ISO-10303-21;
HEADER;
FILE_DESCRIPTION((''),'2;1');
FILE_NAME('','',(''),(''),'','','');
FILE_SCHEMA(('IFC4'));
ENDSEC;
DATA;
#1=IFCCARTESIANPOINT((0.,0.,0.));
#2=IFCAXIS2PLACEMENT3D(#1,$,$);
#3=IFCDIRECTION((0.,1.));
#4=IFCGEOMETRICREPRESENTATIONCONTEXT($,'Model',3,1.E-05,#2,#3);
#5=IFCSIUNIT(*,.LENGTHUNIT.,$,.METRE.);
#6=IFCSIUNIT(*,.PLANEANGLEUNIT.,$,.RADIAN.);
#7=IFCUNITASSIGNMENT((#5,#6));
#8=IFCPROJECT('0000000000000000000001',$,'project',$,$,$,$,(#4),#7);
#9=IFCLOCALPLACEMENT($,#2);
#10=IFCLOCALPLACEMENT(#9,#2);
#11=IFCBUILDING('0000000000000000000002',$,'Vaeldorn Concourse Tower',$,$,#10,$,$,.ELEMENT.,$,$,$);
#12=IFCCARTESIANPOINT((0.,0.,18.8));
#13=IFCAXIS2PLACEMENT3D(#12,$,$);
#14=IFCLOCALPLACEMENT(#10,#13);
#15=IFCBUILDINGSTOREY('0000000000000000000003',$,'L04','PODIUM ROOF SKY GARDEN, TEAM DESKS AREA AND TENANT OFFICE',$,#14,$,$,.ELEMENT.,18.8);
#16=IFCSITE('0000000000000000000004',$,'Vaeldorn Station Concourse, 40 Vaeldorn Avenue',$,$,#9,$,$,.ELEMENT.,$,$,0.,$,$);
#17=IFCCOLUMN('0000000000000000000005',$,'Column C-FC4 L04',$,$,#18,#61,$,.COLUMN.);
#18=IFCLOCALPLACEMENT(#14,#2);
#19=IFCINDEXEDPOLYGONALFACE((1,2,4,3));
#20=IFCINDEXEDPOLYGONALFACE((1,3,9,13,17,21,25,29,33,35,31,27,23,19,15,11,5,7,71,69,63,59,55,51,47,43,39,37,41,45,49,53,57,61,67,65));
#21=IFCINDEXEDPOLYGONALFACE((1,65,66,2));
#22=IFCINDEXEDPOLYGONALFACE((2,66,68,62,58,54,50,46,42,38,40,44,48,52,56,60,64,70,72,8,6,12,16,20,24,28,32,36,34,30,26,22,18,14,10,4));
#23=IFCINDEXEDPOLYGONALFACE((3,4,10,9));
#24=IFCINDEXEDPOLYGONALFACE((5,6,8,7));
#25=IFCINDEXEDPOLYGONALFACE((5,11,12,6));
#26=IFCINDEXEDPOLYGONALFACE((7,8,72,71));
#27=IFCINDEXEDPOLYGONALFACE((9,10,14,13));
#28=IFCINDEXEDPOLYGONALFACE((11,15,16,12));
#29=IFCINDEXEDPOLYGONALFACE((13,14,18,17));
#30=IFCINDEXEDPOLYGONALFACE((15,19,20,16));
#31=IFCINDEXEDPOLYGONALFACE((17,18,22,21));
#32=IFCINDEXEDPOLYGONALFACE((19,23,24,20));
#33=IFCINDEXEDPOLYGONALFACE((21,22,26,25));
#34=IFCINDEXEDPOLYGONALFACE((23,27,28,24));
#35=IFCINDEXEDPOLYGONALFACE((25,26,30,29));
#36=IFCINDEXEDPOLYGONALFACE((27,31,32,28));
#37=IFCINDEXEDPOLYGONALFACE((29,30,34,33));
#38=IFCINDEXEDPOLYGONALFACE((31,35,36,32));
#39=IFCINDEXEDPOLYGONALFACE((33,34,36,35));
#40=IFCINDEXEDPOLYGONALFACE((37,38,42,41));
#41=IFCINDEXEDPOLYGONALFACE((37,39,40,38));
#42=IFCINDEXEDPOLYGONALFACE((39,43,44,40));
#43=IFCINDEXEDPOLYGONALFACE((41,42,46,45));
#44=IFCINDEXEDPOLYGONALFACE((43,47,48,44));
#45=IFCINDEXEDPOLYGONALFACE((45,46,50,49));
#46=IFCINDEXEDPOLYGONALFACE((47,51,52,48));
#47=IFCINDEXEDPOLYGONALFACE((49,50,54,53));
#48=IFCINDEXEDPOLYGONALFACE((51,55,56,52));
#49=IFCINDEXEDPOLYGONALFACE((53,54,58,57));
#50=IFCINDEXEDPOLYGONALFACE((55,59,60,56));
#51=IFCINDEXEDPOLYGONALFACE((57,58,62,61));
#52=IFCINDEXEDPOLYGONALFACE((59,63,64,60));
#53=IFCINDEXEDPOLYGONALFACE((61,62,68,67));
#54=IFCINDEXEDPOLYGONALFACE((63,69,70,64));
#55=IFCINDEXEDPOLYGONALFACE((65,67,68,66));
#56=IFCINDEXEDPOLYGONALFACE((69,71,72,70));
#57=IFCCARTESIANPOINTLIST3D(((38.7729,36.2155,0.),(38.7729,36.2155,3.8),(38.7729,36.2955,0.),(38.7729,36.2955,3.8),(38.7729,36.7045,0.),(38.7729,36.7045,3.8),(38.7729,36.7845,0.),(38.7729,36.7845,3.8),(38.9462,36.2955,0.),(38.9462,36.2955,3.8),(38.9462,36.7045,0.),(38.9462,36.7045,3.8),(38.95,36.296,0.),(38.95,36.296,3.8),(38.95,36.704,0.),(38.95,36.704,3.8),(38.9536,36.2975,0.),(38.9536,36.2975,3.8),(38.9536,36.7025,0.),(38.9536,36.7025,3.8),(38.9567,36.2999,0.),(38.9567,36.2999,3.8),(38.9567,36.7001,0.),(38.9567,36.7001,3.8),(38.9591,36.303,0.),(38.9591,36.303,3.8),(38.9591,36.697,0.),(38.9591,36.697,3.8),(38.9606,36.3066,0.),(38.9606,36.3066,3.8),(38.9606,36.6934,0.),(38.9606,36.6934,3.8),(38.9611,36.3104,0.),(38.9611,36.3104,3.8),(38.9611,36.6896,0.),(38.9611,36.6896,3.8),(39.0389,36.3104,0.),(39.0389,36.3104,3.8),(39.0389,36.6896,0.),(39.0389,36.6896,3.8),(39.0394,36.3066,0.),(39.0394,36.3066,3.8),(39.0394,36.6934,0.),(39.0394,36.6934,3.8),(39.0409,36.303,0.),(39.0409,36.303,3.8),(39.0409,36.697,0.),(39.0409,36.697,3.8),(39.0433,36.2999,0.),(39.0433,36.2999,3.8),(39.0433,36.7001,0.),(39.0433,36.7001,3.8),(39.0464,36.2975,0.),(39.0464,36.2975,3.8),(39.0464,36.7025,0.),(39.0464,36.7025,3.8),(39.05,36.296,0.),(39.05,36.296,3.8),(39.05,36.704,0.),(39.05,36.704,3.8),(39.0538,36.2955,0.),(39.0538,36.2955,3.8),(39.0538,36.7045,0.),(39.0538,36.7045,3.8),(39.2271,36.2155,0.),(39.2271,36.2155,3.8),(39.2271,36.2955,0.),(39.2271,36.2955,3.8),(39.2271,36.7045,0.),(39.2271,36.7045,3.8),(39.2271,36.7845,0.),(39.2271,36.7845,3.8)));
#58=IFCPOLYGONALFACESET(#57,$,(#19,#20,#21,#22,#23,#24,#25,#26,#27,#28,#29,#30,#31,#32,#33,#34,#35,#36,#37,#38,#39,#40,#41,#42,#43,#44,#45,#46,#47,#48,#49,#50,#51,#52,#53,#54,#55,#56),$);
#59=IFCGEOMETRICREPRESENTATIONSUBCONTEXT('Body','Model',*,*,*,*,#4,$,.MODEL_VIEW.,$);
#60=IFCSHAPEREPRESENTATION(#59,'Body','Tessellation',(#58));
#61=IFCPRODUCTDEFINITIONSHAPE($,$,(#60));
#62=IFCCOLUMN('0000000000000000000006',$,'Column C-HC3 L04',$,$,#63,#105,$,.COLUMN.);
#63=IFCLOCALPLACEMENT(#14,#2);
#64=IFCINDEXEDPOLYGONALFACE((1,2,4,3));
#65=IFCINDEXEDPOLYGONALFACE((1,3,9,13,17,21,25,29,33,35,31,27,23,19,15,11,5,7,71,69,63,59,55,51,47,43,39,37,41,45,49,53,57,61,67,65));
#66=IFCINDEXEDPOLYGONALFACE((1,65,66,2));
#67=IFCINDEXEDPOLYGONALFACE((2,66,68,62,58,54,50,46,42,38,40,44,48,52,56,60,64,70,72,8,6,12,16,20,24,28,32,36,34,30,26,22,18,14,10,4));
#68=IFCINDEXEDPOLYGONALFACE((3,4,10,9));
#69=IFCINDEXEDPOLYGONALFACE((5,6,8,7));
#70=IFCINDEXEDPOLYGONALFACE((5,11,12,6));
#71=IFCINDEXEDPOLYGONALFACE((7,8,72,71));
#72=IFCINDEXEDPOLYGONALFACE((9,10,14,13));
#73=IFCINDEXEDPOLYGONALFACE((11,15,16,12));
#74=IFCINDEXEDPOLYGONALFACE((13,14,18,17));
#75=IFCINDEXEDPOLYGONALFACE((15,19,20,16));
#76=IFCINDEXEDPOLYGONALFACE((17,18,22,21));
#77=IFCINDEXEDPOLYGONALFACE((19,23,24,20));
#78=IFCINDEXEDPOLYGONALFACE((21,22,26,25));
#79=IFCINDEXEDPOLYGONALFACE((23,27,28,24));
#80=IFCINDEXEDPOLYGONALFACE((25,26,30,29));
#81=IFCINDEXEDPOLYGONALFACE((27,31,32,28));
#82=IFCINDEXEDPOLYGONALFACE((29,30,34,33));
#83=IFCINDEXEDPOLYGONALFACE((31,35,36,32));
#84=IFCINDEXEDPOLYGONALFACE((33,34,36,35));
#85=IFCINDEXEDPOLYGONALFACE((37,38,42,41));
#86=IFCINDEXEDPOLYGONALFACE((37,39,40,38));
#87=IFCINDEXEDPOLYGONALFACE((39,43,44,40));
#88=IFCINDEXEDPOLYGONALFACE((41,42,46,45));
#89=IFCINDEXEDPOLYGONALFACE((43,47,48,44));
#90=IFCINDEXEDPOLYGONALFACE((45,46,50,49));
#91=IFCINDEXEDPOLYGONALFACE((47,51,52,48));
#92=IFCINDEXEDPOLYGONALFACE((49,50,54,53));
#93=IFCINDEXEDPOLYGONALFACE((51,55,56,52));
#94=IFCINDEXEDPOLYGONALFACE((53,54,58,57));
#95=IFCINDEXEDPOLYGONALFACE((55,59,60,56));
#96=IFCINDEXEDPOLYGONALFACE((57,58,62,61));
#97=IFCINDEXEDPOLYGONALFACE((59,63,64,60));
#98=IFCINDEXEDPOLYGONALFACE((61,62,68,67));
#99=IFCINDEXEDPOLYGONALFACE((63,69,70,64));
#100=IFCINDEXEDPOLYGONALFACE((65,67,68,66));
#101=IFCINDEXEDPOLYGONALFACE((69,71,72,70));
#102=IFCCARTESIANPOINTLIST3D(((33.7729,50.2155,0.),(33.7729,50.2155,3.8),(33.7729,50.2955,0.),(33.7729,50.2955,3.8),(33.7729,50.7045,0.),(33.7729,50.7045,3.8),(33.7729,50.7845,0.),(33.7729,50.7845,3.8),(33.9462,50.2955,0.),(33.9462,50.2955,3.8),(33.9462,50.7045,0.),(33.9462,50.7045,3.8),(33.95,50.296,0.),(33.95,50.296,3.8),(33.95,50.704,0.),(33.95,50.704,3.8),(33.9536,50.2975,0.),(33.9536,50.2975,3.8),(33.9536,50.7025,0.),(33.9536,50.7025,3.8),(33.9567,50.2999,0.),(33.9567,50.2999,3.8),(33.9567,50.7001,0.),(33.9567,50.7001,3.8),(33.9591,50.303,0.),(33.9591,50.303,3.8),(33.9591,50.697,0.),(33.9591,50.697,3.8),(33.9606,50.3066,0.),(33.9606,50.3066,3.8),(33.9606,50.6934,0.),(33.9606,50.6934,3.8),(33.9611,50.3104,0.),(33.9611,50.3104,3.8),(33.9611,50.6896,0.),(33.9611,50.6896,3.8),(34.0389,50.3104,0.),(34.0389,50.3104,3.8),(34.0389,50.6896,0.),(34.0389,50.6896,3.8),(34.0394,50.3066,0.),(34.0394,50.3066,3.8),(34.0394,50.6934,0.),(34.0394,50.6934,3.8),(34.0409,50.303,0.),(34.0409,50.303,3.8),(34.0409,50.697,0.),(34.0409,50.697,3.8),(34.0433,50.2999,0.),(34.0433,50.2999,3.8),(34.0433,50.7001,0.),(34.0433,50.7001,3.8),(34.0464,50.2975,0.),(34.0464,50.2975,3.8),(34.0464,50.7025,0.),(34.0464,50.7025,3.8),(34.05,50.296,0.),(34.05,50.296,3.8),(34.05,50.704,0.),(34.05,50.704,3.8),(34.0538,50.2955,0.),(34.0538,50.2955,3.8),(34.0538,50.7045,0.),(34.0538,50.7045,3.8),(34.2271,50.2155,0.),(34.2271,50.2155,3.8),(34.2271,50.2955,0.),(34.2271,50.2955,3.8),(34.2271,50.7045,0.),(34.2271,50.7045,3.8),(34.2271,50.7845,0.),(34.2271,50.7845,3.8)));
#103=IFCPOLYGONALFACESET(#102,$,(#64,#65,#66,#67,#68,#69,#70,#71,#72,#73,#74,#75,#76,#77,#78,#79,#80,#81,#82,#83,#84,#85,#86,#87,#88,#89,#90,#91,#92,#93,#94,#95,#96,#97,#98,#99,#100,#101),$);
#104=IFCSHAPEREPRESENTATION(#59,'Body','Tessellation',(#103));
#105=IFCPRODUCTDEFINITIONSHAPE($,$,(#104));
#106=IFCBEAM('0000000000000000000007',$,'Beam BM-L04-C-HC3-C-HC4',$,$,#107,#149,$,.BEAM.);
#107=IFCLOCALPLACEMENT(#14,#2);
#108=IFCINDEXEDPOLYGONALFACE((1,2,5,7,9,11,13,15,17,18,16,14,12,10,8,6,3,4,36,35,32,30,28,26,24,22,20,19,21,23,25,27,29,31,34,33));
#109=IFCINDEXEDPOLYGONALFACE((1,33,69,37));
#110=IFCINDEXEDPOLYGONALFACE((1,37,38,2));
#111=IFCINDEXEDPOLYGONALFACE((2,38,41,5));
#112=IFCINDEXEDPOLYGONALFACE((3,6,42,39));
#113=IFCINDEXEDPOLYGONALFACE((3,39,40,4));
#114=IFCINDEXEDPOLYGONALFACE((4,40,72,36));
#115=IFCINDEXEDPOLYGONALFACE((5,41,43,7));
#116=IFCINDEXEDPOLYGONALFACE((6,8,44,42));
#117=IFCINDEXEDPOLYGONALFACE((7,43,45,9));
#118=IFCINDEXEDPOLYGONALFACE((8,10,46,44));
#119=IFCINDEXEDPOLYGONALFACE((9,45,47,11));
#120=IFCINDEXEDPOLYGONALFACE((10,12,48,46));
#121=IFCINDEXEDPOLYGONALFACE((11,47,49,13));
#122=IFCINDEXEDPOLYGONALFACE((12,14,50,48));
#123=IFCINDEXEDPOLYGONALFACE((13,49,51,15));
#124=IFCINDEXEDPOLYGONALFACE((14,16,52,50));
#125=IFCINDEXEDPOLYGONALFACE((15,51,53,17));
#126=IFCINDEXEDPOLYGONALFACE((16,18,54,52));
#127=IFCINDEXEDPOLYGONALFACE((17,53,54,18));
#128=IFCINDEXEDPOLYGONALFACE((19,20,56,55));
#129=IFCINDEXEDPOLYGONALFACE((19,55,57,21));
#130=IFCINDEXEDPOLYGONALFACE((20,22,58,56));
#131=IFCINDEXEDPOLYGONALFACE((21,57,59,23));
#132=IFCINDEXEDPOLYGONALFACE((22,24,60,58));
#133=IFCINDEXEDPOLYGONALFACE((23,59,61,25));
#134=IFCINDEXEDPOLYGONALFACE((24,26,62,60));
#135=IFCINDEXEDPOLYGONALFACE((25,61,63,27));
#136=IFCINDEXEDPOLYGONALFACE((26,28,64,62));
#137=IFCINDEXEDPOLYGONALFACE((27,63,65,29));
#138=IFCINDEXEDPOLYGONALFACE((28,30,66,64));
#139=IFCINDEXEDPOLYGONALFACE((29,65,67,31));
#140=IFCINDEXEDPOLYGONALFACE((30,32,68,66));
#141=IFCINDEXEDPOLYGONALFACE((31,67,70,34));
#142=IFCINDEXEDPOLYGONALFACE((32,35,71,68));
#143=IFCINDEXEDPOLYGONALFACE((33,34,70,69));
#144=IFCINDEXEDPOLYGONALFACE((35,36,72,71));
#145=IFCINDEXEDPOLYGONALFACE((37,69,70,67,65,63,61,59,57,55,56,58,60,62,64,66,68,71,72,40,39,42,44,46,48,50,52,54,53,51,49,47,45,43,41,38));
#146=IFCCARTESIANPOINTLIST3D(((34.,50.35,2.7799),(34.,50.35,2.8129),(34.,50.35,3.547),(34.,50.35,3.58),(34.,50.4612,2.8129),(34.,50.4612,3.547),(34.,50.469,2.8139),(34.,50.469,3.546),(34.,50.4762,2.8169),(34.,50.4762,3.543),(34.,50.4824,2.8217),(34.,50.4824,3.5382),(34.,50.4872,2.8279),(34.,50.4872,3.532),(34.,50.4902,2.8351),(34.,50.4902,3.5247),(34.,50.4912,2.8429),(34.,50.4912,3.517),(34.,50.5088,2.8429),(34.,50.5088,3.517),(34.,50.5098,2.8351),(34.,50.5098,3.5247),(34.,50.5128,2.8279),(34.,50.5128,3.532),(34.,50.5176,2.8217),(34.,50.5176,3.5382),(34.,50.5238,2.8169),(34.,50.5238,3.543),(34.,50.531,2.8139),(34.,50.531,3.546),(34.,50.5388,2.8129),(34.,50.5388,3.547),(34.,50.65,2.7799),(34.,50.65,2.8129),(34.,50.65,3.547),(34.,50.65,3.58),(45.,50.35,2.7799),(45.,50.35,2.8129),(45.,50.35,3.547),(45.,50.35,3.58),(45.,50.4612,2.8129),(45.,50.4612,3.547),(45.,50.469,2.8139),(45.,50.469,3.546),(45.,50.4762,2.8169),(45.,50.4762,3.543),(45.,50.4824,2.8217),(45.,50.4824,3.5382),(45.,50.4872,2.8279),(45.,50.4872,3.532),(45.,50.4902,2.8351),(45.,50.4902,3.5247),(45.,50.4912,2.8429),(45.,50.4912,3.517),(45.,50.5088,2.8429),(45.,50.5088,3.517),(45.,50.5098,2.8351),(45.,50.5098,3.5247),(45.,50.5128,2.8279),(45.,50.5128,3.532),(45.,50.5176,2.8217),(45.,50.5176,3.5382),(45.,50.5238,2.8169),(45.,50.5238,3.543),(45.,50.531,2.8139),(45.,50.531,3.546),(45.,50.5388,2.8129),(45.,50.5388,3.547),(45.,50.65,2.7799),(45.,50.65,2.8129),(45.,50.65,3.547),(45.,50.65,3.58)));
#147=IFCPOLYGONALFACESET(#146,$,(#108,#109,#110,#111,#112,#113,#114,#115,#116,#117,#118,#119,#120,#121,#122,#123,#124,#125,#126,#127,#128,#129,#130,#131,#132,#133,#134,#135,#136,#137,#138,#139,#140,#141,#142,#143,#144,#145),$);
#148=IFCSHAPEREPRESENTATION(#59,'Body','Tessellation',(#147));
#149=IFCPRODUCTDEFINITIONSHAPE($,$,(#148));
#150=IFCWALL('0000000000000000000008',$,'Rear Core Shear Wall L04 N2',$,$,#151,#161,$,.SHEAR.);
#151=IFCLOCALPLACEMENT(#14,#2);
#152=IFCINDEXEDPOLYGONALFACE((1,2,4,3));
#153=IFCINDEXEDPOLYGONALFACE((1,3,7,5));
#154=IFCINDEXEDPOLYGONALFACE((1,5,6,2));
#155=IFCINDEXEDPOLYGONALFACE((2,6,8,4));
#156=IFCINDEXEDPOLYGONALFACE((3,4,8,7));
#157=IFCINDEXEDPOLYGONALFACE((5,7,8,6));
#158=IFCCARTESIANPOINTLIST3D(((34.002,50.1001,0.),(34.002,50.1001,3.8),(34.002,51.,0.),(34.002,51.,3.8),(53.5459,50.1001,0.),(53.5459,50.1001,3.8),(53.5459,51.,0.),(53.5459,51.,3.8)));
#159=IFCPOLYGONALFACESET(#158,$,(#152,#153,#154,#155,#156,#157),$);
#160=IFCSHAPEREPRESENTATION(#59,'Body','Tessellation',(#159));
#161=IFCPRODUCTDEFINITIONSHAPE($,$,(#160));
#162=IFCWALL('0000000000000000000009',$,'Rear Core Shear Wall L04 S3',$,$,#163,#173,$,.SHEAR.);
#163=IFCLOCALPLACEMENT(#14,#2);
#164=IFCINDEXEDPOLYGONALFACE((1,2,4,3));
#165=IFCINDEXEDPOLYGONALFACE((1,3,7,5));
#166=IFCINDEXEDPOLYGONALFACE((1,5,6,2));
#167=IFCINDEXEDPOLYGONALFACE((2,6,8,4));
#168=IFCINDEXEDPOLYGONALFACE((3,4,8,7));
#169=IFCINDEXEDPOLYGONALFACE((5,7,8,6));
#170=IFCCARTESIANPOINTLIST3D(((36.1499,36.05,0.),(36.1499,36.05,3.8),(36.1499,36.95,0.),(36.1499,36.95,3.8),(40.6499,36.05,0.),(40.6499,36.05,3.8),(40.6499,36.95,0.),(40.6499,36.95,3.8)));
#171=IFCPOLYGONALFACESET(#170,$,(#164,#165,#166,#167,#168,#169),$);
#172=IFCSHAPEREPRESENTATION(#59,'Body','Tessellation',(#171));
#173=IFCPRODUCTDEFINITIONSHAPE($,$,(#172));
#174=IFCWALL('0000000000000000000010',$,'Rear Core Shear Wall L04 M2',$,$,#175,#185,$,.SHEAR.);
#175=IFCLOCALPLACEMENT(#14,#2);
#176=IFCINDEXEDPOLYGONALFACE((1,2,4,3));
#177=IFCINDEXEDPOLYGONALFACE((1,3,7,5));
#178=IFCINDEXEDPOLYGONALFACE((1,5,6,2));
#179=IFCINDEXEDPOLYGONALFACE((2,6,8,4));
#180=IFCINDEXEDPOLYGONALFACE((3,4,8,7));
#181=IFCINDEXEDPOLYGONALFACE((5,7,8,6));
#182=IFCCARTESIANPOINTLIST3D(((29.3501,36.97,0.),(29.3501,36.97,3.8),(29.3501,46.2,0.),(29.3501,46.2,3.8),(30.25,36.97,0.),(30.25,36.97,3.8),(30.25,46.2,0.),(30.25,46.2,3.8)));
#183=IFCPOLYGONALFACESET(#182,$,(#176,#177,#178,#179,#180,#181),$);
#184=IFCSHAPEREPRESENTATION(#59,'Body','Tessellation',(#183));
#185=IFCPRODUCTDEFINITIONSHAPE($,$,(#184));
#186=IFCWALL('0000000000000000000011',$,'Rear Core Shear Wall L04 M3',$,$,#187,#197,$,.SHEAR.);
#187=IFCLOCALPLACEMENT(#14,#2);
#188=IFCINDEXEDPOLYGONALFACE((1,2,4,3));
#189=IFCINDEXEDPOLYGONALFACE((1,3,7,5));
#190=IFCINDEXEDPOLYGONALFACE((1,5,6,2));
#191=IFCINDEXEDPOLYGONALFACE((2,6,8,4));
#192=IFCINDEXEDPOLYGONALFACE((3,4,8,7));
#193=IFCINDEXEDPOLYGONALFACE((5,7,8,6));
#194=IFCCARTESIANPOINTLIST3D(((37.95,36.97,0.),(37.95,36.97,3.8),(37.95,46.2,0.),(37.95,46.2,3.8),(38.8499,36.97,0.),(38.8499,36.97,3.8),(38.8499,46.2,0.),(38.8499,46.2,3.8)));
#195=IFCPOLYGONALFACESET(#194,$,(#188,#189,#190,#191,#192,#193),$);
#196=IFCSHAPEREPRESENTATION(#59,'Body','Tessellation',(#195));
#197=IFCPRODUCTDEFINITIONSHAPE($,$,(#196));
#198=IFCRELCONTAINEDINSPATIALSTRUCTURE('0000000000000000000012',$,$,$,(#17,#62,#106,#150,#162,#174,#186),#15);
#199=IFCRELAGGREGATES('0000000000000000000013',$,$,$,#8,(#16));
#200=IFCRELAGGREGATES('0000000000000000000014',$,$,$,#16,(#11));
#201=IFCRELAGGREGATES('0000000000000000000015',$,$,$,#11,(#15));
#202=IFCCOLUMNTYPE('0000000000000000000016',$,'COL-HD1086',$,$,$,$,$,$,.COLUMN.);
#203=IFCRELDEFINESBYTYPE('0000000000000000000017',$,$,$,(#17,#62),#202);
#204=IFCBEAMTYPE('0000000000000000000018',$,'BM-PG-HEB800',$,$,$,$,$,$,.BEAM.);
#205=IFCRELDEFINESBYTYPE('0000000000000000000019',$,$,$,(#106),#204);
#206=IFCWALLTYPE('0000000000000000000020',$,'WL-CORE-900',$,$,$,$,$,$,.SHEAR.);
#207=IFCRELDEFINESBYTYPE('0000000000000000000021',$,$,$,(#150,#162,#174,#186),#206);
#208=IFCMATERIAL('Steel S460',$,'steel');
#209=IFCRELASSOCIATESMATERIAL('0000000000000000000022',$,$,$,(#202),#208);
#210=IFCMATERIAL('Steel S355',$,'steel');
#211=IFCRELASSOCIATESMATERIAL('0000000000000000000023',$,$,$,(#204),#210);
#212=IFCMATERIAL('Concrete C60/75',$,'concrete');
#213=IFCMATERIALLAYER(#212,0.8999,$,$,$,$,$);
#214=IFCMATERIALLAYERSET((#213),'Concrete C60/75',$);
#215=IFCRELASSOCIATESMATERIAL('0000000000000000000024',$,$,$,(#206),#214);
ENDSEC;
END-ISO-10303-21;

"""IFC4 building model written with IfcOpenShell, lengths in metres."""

from ifc_helpers import new_model, si_unit, direction, frame, frame_2d, origin, origin_2d, place, context, subcontext, project, spatial, rectangle, i_section, extrude, source, transform, mapped, material, layer, layer_set, material_profile, profile_set, type_object, element, save


model = new_model("IFC4")

# Units and contexts
model_context = context("Model", 3, precision=1e-05, world=origin(), true_north=direction((0.0, 1.0)))
body_context = subcontext(model_context, "Body", "Model", "MODEL_VIEW")
ifc_project = project(units=[si_unit("LENGTHUNIT", "METRE"), si_unit("PLANEANGLEUNIT", "RADIAN")], contexts=[model_context])

# Site, building, storey
site_placement = place(None, origin())
site = spatial("IfcSite", under=ifc_project, at=site_placement, Name="Vaeldorn Station Concourse, 40 Vaeldorn Avenue", CompositionType="ELEMENT", RefElevation=0.0)
building_placement = place(site_placement, origin())
building = spatial("IfcBuilding", under=site, at=building_placement, Name="Vaeldorn Concourse Tower", CompositionType="ELEMENT")
storey_placement = place(building_placement, frame((0.0, 0.0, 18.8)))
storey = spatial("IfcBuildingStorey", under=building, at=storey_placement, Name="L04", Description="PODIUM ROOF SKY GARDEN, TEAM DESKS AREA AND TENANT OFFICE", CompositionType="ELEMENT", Elevation=18.8)

# Columns
ifc_material_1 = material(Name="Steel S460", Category="steel")
ifc_material_profile_1 = material_profile(ifc_material_1, i_section(OverallWidth=0.4541, OverallDepth=0.5691, WebThickness=0.0779, FlangeThickness=0.0801, FilletRadius=0.0149, at=origin_2d()), Name="HD 400x1086")
ifc_profile_set_1 = profile_set([ifc_material_profile_1], Name="Steel S460")
column_type = type_object("IfcColumnType", Name="COL-HD1086", PredefinedType="COLUMN", material=ifc_profile_set_1)
shared_shape_1 = source(origin(), body_context, "Body", "SweptSolid", [
    extrude(i_section(OverallWidth=0.4541, OverallDepth=0.5691, WebThickness=0.0779, FlangeThickness=0.0801, FilletRadius=0.0149, at=origin_2d()), origin(), (0.0, 0.0, 1.0), 3.8),
])
for number, where, z_axis, x_axis, name in (
    (1, (39.0, 36.5, 0.0), (0.0, 0.0, 1.0), (1.0, 0.0, 0.0), "Column C-FC4 L04"),
    (2, (34.0, 50.5, 0.0), (0.0, 0.0, 1.0), (1.0, 0.0, 0.0), "Column C-HC3 L04"),
):
    element("IfcColumn", number, at=place(storey_placement, frame(where, z_axis=z_axis, x_axis=x_axis)), inside=storey, type_object=column_type, Name=name, PredefinedType="COLUMN", context=body_context, shape_type="MappedRepresentation", body=[
        mapped(shared_shape_1, transform((0.0, 0.0, 0.0), scale=1.0)),
    ])

# Beam
ifc_material_2 = material(Name="Steel S355", Category="steel")
ifc_material_profile_2 = material_profile(ifc_material_2, i_section(OverallWidth=0.3, OverallDepth=0.8, WebThickness=0.0176, FlangeThickness=0.033, FilletRadius=0.03, at=origin_2d()), Name="HEB 800")
ifc_profile_set_2 = profile_set([ifc_material_profile_2], Name="Steel S355")
beam_type = type_object("IfcBeamType", Name="BM-PG-HEB800", PredefinedType="BEAM", material=ifc_profile_set_2)
shared_shape_2 = source(origin(), body_context, "Body", "SweptSolid", [
    extrude(i_section(OverallWidth=0.3, OverallDepth=0.8, WebThickness=0.0176, FlangeThickness=0.033, FilletRadius=0.03, at=origin_2d()), origin(), (0.0, 0.0, 1.0), 11.0),
])
beam_placement = place(storey_placement, frame((34.0, 50.5, 3.1799), z_axis=(1.0, 0.0, 0.0), x_axis=(0.0, 1.0, 0.0)))
element("IfcBeam", 3, at=beam_placement, inside=storey, type_object=beam_type, Name="Beam BM-L04-C-HC3-C-HC4", PredefinedType="BEAM", context=body_context, shape_type="MappedRepresentation", body=[
    mapped(shared_shape_2, transform((0.0, 0.0, 0.0), scale=1.0)),
])

# Walls
ifc_material_3 = material(Name="Concrete C60/75", Category="concrete")
ifc_layer_1 = layer(ifc_material_3, 0.8999)
ifc_layer_set_1 = layer_set([ifc_layer_1], Name="Concrete C60/75")
wall_type_1 = type_object("IfcWallType", Name="WL-CORE-900", PredefinedType="SHEAR", material=ifc_layer_set_1)
wall_1_placement = place(storey_placement, frame((34.002, 50.55, 0.0), z_axis=(0.0, 0.0, 1.0), x_axis=(1.0, 0.0, 0.0)))
element("IfcWall", 4, at=wall_1_placement, inside=storey, type_object=wall_type_1, Name="Rear Core Shear Wall L04 N2", PredefinedType="SHEAR", context=body_context, shape_type="SweptSolid", body=[
    extrude(rectangle(XDim=19.5439, YDim=0.8999, at=frame_2d((9.772, 0.0))), origin(), (0.0, 0.0, 1.0), 3.8),
])
wall_2_placement = place(storey_placement, frame((36.1499, 36.5, 0.0), z_axis=(0.0, 0.0, 1.0), x_axis=(1.0, 0.0, 0.0)))
element("IfcWall", 5, at=wall_2_placement, inside=storey, type_object=wall_type_1, Name="Rear Core Shear Wall L04 S3", PredefinedType="SHEAR", context=body_context, shape_type="SweptSolid", body=[
    extrude(rectangle(XDim=4.5, YDim=0.8999, at=frame_2d((2.25, 0.0))), origin(), (0.0, 0.0, 1.0), 3.8),
])
for number, where, z_axis, x_axis, name in (
    (6, (29.8, 36.97, 0.0), (0.0, 0.0, 1.0), (0.0, 1.0, 0.0), "Rear Core Shear Wall L04 M2"),
    (7, (38.3999, 36.97, 0.0), (0.0, 0.0, 1.0), (0.0, 1.0, 0.0), "Rear Core Shear Wall L04 M3"),
):
    element("IfcWall", number, at=place(storey_placement, frame(where, z_axis=z_axis, x_axis=x_axis)), inside=storey, type_object=wall_type_1, Name=name, PredefinedType="SHEAR", context=body_context, shape_type="SweptSolid", body=[
        extrude(rectangle(XDim=9.23, YDim=0.8999, at=frame_2d((4.615, 0.0))), origin(), (0.0, 0.0, 1.0), 3.8),
    ])

save(model, "model.ifc")
